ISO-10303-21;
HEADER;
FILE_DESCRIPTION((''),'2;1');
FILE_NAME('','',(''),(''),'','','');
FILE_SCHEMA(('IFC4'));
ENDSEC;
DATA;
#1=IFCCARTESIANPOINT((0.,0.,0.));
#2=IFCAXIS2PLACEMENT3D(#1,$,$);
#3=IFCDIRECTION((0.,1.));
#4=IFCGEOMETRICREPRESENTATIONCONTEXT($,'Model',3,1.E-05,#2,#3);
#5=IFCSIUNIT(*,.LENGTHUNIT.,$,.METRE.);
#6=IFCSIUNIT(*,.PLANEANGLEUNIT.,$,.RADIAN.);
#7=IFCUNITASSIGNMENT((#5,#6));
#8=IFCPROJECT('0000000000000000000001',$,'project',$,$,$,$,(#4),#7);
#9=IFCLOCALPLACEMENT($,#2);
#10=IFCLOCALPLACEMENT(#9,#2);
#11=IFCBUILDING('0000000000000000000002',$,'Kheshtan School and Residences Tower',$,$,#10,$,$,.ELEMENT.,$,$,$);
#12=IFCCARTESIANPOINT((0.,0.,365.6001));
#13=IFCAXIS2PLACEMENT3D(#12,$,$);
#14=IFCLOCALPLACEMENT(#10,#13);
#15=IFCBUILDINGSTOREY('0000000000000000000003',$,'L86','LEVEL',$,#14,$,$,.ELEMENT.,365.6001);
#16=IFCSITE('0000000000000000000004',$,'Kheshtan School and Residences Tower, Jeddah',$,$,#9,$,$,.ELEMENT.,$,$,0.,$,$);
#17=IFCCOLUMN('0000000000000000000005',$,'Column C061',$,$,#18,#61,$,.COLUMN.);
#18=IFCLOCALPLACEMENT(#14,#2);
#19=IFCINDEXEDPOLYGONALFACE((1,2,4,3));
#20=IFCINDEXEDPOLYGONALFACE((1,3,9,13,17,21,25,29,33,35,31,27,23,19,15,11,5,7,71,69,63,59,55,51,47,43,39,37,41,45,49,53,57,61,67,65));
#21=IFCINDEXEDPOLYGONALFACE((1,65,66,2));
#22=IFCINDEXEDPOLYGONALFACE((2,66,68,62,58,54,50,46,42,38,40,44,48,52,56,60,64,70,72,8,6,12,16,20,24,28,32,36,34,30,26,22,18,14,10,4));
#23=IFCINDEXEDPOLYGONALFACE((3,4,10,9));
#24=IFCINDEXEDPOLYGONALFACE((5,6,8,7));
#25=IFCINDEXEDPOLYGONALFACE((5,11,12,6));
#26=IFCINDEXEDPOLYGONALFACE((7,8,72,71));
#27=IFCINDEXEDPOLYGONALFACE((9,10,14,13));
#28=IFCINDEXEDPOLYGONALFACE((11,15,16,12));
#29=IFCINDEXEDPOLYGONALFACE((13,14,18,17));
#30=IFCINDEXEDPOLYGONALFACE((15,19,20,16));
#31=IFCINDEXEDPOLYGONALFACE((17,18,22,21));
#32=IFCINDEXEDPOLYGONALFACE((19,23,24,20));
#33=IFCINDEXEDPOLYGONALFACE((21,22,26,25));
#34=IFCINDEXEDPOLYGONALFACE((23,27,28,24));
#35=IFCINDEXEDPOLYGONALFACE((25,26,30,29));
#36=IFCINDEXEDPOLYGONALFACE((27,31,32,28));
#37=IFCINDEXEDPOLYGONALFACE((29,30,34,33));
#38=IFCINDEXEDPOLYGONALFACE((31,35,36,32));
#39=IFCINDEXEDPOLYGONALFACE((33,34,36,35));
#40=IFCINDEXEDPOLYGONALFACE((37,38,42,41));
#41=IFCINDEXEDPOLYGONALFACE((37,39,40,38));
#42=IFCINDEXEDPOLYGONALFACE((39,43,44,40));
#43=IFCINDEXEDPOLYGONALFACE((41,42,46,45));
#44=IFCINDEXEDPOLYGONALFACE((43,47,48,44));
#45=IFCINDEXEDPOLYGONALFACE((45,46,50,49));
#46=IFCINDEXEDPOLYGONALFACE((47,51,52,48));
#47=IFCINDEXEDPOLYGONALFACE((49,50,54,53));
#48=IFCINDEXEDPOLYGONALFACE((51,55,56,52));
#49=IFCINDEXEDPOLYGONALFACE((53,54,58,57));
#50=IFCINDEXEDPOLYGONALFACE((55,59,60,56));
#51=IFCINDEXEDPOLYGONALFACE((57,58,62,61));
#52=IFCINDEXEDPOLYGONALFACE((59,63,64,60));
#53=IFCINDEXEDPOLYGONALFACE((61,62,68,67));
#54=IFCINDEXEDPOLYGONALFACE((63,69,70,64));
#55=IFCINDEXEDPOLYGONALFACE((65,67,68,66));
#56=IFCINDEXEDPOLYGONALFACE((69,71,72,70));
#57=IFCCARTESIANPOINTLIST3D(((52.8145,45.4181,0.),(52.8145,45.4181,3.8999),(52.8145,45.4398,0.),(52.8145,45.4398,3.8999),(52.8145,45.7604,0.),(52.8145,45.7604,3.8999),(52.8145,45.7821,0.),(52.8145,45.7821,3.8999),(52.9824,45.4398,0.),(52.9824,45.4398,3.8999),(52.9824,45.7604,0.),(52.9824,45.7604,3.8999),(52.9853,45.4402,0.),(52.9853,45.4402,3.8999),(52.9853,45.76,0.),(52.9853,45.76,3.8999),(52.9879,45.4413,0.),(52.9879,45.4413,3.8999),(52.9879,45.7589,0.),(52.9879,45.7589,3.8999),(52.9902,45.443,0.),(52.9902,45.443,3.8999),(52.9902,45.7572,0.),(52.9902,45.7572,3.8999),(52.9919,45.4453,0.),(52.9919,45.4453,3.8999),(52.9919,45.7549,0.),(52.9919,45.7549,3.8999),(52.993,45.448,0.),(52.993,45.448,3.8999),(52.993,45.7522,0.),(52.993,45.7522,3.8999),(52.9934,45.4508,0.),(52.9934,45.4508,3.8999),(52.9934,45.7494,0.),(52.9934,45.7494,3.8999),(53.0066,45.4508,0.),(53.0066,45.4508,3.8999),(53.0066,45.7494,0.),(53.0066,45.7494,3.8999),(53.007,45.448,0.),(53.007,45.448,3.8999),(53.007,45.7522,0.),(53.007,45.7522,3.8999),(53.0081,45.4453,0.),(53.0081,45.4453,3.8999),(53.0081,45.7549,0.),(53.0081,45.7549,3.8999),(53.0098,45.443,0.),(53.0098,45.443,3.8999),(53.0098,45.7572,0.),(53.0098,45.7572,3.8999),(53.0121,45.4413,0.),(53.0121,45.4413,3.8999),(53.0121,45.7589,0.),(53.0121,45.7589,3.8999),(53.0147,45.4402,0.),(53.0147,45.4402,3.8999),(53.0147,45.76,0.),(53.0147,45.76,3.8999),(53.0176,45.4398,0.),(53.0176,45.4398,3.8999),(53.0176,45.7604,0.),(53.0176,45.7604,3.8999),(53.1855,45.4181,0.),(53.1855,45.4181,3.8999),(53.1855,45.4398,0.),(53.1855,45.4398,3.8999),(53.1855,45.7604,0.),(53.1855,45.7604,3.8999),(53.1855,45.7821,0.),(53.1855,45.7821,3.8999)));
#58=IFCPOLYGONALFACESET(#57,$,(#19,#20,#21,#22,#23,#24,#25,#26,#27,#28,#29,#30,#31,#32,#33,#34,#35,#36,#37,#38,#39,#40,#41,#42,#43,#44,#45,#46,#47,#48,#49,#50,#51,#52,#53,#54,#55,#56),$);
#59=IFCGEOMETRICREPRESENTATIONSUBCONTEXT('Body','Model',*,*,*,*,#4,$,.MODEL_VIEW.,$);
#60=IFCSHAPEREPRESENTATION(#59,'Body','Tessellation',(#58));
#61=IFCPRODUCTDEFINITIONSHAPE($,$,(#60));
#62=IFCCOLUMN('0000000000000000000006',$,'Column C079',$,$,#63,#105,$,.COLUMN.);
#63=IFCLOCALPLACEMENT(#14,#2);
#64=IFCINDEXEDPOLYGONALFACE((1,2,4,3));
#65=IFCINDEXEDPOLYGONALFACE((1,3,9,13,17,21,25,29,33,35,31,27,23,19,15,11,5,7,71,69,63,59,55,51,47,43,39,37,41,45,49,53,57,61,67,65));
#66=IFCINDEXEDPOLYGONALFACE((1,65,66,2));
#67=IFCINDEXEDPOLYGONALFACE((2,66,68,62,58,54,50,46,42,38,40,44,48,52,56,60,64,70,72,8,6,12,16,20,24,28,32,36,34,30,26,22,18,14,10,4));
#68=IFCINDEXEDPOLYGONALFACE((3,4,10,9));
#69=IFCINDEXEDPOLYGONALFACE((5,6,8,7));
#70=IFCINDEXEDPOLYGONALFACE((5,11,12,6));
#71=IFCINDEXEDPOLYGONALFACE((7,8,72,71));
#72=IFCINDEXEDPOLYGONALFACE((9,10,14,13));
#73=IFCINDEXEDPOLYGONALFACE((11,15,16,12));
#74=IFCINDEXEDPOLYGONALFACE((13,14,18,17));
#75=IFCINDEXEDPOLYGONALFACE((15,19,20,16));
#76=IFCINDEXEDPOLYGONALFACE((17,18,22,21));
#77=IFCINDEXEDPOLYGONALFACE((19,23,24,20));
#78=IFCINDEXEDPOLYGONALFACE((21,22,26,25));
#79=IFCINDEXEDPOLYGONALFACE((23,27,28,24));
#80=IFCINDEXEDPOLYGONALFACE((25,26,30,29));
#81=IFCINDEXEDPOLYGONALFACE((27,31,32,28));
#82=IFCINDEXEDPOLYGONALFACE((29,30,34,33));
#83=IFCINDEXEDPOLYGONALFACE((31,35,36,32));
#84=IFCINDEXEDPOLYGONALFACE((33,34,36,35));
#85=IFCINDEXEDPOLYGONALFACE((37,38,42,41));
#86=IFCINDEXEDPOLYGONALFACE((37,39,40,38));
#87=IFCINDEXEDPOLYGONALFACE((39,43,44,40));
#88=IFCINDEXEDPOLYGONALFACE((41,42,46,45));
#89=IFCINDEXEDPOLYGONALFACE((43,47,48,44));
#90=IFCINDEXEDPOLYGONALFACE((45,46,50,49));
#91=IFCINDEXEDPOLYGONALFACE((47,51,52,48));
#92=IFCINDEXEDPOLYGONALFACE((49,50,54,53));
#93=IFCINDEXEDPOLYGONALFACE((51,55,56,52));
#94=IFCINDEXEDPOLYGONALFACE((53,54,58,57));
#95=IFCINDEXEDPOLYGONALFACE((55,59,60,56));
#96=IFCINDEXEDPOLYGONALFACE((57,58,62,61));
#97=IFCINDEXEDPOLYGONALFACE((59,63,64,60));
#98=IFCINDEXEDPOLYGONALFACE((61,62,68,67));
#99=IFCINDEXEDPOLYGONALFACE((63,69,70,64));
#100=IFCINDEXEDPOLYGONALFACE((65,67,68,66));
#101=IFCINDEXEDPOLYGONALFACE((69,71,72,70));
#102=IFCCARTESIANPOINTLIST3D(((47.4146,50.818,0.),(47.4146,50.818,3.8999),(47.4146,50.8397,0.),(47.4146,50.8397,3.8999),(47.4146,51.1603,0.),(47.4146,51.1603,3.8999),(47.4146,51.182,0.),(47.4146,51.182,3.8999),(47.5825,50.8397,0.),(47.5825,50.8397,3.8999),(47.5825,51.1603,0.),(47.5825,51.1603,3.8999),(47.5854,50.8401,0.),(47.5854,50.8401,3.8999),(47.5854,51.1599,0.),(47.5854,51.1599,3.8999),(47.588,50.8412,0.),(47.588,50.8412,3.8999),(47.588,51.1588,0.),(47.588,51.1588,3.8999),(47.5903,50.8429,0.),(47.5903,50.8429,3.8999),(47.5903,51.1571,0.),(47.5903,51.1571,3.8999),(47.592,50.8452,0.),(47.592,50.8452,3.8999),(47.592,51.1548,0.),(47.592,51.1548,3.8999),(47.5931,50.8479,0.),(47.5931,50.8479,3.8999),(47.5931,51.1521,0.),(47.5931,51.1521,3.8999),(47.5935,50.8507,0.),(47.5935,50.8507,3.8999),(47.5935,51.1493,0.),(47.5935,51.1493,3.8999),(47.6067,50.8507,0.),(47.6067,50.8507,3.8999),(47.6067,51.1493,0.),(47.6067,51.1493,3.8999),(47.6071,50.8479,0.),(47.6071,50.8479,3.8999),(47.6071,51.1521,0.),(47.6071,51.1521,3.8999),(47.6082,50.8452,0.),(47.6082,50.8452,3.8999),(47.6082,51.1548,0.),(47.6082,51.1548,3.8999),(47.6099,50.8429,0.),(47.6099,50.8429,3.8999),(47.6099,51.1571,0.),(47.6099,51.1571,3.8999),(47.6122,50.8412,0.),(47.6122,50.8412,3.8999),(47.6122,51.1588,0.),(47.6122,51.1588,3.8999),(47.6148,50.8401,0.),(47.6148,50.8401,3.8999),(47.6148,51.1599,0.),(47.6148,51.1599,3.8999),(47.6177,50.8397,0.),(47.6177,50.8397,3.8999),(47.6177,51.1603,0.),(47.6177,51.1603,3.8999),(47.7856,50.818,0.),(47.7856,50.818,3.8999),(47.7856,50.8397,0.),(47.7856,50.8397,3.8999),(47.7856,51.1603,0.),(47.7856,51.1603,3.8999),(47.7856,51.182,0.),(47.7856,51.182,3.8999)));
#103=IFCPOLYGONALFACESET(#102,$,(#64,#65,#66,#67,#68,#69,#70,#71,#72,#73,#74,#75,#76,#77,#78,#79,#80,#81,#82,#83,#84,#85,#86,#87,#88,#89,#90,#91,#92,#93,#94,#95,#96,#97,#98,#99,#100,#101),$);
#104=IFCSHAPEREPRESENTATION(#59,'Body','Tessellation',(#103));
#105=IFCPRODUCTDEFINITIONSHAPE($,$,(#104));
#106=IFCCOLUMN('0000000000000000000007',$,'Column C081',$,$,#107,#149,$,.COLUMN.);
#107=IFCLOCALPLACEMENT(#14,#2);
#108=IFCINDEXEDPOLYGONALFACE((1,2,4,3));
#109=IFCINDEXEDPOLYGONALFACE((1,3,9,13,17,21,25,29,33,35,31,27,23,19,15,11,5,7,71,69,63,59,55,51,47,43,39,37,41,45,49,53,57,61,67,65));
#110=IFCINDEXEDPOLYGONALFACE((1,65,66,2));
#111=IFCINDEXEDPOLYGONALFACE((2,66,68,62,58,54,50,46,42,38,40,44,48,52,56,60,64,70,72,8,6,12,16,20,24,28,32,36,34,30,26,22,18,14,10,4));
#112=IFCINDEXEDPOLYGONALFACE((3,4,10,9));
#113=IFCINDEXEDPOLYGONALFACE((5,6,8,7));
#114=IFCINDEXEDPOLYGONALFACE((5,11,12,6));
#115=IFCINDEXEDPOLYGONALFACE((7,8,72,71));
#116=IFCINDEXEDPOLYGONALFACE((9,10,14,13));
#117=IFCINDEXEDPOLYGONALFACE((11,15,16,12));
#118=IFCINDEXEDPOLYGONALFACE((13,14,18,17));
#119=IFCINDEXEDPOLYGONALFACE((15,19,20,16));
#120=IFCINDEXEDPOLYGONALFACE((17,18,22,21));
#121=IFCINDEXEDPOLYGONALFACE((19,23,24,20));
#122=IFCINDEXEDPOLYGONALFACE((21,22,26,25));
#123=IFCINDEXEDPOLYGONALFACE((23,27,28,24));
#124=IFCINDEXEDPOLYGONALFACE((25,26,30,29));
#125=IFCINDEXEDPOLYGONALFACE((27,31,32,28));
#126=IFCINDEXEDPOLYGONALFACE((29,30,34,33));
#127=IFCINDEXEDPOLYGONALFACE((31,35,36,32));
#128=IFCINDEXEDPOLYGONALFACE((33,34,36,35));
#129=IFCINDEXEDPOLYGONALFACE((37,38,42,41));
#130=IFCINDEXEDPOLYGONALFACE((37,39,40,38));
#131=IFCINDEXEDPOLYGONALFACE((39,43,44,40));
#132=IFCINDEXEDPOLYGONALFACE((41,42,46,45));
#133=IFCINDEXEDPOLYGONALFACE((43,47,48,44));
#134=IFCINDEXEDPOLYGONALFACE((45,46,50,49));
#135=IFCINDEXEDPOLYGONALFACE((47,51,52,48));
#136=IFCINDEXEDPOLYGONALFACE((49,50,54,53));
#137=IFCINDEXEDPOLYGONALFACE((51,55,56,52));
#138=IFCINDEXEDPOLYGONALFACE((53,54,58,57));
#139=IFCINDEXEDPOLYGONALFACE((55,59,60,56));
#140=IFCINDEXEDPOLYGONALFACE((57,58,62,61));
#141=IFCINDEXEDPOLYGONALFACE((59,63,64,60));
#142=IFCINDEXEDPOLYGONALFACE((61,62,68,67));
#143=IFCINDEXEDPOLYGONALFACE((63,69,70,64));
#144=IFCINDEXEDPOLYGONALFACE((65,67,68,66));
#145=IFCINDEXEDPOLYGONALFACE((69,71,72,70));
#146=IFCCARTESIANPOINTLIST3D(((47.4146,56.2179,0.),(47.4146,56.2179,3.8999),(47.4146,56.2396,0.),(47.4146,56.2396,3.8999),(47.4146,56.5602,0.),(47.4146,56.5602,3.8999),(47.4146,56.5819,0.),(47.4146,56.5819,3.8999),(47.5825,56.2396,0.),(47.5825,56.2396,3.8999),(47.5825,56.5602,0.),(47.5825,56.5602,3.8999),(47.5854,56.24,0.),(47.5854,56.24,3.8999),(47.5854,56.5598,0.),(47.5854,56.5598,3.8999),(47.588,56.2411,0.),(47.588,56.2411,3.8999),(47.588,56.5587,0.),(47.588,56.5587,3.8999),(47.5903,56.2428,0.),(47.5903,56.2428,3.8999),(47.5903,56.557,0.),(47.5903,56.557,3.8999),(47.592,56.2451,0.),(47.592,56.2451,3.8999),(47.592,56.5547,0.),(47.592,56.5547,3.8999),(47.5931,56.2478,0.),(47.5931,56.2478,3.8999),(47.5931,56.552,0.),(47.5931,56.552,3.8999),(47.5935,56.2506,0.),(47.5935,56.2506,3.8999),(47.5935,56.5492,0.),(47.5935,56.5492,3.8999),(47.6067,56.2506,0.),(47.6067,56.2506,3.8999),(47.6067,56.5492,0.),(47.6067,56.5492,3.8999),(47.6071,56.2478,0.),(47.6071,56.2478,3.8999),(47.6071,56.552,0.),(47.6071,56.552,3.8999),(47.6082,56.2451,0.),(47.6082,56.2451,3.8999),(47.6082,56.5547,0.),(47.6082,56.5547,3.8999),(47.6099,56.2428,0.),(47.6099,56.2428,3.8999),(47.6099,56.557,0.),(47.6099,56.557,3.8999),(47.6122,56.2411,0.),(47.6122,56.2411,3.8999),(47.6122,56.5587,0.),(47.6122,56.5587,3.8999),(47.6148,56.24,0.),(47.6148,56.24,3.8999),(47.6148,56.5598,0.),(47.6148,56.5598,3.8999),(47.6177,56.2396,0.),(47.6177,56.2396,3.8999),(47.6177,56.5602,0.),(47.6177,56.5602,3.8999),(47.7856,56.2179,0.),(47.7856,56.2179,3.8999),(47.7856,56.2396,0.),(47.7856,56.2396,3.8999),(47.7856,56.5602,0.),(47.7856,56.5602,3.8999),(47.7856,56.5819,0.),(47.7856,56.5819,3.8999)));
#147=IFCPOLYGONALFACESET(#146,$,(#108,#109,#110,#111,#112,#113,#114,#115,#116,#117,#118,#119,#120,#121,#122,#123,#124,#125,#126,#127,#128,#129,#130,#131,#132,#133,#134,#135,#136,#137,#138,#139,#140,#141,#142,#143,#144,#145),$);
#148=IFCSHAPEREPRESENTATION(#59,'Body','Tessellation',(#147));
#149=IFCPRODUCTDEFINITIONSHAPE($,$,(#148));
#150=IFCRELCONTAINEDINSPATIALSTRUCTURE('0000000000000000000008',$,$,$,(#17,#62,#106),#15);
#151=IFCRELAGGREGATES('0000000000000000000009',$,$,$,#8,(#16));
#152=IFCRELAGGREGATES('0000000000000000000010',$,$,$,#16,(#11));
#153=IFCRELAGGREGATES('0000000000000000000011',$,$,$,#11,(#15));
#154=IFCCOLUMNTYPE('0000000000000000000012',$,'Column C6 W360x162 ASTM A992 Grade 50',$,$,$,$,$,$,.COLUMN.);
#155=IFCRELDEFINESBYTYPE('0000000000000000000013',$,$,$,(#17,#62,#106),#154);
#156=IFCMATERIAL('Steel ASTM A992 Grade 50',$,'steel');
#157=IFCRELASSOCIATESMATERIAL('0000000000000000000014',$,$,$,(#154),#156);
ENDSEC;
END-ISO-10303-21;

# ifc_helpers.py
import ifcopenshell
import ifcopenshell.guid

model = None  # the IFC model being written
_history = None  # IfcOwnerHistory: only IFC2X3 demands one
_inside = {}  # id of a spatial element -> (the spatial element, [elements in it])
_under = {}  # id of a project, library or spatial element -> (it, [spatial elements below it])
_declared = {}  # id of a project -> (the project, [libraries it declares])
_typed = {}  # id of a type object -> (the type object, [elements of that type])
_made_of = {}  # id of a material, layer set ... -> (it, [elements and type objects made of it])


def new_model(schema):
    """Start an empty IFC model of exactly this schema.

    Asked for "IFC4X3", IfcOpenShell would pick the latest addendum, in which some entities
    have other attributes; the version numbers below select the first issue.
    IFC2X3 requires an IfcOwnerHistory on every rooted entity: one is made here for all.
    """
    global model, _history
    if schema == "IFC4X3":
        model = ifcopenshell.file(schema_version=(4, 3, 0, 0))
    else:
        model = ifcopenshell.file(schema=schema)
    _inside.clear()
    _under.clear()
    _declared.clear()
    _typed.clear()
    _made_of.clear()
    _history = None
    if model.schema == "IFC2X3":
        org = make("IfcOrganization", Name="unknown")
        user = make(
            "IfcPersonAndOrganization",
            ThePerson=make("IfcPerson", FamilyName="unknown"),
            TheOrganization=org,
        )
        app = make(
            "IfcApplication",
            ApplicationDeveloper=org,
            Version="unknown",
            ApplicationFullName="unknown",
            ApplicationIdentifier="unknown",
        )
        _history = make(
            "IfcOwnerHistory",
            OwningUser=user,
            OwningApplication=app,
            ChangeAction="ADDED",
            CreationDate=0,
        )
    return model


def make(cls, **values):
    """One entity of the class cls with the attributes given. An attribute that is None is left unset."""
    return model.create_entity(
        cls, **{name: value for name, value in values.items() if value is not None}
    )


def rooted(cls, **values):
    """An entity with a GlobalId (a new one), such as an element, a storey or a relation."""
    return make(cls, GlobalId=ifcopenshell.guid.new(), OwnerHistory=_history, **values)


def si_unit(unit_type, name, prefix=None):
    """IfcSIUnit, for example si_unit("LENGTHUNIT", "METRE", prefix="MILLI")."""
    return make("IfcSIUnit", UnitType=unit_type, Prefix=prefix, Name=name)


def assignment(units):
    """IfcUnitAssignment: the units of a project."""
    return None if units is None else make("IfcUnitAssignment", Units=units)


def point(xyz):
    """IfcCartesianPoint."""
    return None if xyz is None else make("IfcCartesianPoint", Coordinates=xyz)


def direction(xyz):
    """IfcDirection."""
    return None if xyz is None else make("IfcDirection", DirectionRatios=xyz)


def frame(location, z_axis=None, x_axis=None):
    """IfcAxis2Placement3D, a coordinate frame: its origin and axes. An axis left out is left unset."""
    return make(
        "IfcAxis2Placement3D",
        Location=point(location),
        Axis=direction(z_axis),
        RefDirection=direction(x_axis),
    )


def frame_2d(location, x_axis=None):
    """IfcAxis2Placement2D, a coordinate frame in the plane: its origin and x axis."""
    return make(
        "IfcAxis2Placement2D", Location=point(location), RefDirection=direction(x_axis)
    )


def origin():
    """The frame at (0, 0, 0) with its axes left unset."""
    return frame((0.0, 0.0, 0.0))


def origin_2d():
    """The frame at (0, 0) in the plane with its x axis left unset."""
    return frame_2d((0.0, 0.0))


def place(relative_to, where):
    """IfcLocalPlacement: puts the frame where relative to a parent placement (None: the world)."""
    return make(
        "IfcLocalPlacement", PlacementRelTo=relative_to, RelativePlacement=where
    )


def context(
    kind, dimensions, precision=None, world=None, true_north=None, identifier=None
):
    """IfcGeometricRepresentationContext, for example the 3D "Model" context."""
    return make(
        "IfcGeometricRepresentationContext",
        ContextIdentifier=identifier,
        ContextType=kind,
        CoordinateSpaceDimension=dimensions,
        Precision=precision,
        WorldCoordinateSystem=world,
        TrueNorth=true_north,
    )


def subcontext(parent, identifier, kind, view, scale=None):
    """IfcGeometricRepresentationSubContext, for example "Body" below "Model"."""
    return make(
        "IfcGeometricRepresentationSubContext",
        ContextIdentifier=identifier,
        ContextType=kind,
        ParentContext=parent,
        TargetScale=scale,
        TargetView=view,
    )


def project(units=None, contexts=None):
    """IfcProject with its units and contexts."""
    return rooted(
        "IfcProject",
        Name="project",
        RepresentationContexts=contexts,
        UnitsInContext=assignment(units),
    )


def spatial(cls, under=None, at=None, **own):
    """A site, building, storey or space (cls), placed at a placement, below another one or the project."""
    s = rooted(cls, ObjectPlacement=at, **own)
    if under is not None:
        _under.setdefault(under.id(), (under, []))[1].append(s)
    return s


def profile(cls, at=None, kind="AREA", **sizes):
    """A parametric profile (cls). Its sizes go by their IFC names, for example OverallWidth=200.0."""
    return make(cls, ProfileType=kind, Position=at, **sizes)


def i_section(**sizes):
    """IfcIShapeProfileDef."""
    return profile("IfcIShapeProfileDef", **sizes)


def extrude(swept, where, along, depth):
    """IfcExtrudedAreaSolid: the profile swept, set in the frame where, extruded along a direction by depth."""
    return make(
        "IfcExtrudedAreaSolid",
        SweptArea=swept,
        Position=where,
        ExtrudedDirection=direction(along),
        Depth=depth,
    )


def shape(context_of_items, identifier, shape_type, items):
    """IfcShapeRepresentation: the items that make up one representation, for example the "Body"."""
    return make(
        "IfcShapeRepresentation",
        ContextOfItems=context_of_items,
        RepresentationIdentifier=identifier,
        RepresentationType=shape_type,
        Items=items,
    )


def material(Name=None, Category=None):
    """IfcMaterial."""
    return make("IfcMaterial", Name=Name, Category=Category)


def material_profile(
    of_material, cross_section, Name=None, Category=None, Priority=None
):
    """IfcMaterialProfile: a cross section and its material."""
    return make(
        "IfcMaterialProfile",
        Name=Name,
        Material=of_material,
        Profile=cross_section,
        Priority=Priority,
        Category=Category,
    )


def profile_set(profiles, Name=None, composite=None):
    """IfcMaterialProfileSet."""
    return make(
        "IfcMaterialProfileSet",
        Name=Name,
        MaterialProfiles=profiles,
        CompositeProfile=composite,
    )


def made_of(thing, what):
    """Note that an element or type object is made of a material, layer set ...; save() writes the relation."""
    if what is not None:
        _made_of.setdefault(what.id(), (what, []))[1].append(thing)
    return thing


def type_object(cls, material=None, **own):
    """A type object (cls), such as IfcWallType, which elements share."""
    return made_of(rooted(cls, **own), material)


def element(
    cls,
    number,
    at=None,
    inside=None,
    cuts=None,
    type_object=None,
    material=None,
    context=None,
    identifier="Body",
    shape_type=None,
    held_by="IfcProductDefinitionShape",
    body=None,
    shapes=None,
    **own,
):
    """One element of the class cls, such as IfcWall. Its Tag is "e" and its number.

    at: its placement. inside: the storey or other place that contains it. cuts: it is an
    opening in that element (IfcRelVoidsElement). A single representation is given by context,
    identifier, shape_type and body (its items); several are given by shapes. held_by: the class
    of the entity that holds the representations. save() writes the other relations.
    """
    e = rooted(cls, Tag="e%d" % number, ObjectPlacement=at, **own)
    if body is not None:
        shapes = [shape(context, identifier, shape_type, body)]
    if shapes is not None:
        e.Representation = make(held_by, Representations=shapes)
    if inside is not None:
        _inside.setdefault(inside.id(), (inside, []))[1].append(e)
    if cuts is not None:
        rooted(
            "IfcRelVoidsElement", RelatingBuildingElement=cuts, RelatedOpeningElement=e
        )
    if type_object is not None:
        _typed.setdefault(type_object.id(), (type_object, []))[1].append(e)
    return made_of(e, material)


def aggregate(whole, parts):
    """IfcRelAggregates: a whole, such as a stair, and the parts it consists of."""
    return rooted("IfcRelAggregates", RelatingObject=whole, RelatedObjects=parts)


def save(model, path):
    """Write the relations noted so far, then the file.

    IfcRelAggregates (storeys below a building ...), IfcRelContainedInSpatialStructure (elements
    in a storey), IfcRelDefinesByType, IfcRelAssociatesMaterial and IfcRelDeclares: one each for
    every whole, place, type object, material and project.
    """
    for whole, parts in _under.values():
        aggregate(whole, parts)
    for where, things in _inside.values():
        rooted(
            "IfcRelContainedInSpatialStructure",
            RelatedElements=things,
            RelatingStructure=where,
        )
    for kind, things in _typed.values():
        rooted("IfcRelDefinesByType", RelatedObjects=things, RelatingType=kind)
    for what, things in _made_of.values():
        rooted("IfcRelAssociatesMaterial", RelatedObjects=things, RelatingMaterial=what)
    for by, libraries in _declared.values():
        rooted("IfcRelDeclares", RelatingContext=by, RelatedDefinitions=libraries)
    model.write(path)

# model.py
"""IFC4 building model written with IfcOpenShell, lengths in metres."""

from ifc_helpers import new_model, si_unit, direction, frame, origin, origin_2d, place, context, subcontext, project, spatial, i_section, extrude, material, material_profile, profile_set, type_object, element, save


model = new_model("IFC4")

# Units and contexts
model_context = context("Model", 3, precision=1e-05, world=origin(), true_north=direction((0.0, 1.0)))
body_context = subcontext(model_context, "Body", "Model", "MODEL_VIEW")
ifc_project = project(units=[si_unit("LENGTHUNIT", "METRE"), si_unit("PLANEANGLEUNIT", "RADIAN")], contexts=[model_context])

# Site, building, storey
site_placement = place(None, origin())
site = spatial("IfcSite", under=ifc_project, at=site_placement, Name="Kheshtan School and Residences Tower, Jeddah", CompositionType="ELEMENT", RefElevation=0.0)
building_placement = place(site_placement, origin())
building = spatial("IfcBuilding", under=site, at=building_placement, Name="Kheshtan School and Residences Tower", CompositionType="ELEMENT")
storey_placement = place(building_placement, frame((0.0, 0.0, 365.6001)))
storey = spatial("IfcBuildingStorey", under=building, at=storey_placement, Name="L86", Description="LEVEL", CompositionType="ELEMENT", Elevation=365.6001)

# Columns
ifc_material_1 = material(Name="Steel ASTM A992 Grade 50", Category="steel")
ifc_material_profile_1 = material_profile(ifc_material_1, i_section(OverallWidth=0.3711, OverallDepth=0.364, WebThickness=0.0132, FlangeThickness=0.0217, FilletRadius=0.011, at=origin_2d()), Name="W360x162")
ifc_profile_set_1 = profile_set([ifc_material_profile_1], Name="Steel ASTM A992 Grade 50")
column_type_1 = type_object("IfcColumnType", Name="Column C6 W360x162 ASTM A992 Grade 50", PredefinedType="COLUMN", material=ifc_profile_set_1)
for number, where, z_axis, x_axis, name in (
    (1, (53.0, 45.6001, 0.0), (0.0, 0.0, 1.0), (1.0, 0.0, 0.0), "Column C061"),
    (2, (47.6001, 51.0, 0.0), (0.0, 0.0, 1.0), (1.0, 0.0, 0.0), "Column C079"),
    (3, (47.6001, 56.3999, 0.0), (0.0, 0.0, 1.0), (1.0, 0.0, 0.0), "Column C081"),
):
    element("IfcColumn", number, at=place(storey_placement, frame(where, z_axis=z_axis, x_axis=x_axis)), inside=storey, type_object=column_type_1, Name=name, PredefinedType="COLUMN", context=body_context, shape_type="SweptSolid", body=[
        extrude(i_section(OverallWidth=0.3711, OverallDepth=0.364, WebThickness=0.0132, FlangeThickness=0.0217, FilletRadius=0.011, at=origin_2d()), origin(), (0.0, 0.0, 1.0), 3.8999),
    ])

save(model, "model.ifc")
